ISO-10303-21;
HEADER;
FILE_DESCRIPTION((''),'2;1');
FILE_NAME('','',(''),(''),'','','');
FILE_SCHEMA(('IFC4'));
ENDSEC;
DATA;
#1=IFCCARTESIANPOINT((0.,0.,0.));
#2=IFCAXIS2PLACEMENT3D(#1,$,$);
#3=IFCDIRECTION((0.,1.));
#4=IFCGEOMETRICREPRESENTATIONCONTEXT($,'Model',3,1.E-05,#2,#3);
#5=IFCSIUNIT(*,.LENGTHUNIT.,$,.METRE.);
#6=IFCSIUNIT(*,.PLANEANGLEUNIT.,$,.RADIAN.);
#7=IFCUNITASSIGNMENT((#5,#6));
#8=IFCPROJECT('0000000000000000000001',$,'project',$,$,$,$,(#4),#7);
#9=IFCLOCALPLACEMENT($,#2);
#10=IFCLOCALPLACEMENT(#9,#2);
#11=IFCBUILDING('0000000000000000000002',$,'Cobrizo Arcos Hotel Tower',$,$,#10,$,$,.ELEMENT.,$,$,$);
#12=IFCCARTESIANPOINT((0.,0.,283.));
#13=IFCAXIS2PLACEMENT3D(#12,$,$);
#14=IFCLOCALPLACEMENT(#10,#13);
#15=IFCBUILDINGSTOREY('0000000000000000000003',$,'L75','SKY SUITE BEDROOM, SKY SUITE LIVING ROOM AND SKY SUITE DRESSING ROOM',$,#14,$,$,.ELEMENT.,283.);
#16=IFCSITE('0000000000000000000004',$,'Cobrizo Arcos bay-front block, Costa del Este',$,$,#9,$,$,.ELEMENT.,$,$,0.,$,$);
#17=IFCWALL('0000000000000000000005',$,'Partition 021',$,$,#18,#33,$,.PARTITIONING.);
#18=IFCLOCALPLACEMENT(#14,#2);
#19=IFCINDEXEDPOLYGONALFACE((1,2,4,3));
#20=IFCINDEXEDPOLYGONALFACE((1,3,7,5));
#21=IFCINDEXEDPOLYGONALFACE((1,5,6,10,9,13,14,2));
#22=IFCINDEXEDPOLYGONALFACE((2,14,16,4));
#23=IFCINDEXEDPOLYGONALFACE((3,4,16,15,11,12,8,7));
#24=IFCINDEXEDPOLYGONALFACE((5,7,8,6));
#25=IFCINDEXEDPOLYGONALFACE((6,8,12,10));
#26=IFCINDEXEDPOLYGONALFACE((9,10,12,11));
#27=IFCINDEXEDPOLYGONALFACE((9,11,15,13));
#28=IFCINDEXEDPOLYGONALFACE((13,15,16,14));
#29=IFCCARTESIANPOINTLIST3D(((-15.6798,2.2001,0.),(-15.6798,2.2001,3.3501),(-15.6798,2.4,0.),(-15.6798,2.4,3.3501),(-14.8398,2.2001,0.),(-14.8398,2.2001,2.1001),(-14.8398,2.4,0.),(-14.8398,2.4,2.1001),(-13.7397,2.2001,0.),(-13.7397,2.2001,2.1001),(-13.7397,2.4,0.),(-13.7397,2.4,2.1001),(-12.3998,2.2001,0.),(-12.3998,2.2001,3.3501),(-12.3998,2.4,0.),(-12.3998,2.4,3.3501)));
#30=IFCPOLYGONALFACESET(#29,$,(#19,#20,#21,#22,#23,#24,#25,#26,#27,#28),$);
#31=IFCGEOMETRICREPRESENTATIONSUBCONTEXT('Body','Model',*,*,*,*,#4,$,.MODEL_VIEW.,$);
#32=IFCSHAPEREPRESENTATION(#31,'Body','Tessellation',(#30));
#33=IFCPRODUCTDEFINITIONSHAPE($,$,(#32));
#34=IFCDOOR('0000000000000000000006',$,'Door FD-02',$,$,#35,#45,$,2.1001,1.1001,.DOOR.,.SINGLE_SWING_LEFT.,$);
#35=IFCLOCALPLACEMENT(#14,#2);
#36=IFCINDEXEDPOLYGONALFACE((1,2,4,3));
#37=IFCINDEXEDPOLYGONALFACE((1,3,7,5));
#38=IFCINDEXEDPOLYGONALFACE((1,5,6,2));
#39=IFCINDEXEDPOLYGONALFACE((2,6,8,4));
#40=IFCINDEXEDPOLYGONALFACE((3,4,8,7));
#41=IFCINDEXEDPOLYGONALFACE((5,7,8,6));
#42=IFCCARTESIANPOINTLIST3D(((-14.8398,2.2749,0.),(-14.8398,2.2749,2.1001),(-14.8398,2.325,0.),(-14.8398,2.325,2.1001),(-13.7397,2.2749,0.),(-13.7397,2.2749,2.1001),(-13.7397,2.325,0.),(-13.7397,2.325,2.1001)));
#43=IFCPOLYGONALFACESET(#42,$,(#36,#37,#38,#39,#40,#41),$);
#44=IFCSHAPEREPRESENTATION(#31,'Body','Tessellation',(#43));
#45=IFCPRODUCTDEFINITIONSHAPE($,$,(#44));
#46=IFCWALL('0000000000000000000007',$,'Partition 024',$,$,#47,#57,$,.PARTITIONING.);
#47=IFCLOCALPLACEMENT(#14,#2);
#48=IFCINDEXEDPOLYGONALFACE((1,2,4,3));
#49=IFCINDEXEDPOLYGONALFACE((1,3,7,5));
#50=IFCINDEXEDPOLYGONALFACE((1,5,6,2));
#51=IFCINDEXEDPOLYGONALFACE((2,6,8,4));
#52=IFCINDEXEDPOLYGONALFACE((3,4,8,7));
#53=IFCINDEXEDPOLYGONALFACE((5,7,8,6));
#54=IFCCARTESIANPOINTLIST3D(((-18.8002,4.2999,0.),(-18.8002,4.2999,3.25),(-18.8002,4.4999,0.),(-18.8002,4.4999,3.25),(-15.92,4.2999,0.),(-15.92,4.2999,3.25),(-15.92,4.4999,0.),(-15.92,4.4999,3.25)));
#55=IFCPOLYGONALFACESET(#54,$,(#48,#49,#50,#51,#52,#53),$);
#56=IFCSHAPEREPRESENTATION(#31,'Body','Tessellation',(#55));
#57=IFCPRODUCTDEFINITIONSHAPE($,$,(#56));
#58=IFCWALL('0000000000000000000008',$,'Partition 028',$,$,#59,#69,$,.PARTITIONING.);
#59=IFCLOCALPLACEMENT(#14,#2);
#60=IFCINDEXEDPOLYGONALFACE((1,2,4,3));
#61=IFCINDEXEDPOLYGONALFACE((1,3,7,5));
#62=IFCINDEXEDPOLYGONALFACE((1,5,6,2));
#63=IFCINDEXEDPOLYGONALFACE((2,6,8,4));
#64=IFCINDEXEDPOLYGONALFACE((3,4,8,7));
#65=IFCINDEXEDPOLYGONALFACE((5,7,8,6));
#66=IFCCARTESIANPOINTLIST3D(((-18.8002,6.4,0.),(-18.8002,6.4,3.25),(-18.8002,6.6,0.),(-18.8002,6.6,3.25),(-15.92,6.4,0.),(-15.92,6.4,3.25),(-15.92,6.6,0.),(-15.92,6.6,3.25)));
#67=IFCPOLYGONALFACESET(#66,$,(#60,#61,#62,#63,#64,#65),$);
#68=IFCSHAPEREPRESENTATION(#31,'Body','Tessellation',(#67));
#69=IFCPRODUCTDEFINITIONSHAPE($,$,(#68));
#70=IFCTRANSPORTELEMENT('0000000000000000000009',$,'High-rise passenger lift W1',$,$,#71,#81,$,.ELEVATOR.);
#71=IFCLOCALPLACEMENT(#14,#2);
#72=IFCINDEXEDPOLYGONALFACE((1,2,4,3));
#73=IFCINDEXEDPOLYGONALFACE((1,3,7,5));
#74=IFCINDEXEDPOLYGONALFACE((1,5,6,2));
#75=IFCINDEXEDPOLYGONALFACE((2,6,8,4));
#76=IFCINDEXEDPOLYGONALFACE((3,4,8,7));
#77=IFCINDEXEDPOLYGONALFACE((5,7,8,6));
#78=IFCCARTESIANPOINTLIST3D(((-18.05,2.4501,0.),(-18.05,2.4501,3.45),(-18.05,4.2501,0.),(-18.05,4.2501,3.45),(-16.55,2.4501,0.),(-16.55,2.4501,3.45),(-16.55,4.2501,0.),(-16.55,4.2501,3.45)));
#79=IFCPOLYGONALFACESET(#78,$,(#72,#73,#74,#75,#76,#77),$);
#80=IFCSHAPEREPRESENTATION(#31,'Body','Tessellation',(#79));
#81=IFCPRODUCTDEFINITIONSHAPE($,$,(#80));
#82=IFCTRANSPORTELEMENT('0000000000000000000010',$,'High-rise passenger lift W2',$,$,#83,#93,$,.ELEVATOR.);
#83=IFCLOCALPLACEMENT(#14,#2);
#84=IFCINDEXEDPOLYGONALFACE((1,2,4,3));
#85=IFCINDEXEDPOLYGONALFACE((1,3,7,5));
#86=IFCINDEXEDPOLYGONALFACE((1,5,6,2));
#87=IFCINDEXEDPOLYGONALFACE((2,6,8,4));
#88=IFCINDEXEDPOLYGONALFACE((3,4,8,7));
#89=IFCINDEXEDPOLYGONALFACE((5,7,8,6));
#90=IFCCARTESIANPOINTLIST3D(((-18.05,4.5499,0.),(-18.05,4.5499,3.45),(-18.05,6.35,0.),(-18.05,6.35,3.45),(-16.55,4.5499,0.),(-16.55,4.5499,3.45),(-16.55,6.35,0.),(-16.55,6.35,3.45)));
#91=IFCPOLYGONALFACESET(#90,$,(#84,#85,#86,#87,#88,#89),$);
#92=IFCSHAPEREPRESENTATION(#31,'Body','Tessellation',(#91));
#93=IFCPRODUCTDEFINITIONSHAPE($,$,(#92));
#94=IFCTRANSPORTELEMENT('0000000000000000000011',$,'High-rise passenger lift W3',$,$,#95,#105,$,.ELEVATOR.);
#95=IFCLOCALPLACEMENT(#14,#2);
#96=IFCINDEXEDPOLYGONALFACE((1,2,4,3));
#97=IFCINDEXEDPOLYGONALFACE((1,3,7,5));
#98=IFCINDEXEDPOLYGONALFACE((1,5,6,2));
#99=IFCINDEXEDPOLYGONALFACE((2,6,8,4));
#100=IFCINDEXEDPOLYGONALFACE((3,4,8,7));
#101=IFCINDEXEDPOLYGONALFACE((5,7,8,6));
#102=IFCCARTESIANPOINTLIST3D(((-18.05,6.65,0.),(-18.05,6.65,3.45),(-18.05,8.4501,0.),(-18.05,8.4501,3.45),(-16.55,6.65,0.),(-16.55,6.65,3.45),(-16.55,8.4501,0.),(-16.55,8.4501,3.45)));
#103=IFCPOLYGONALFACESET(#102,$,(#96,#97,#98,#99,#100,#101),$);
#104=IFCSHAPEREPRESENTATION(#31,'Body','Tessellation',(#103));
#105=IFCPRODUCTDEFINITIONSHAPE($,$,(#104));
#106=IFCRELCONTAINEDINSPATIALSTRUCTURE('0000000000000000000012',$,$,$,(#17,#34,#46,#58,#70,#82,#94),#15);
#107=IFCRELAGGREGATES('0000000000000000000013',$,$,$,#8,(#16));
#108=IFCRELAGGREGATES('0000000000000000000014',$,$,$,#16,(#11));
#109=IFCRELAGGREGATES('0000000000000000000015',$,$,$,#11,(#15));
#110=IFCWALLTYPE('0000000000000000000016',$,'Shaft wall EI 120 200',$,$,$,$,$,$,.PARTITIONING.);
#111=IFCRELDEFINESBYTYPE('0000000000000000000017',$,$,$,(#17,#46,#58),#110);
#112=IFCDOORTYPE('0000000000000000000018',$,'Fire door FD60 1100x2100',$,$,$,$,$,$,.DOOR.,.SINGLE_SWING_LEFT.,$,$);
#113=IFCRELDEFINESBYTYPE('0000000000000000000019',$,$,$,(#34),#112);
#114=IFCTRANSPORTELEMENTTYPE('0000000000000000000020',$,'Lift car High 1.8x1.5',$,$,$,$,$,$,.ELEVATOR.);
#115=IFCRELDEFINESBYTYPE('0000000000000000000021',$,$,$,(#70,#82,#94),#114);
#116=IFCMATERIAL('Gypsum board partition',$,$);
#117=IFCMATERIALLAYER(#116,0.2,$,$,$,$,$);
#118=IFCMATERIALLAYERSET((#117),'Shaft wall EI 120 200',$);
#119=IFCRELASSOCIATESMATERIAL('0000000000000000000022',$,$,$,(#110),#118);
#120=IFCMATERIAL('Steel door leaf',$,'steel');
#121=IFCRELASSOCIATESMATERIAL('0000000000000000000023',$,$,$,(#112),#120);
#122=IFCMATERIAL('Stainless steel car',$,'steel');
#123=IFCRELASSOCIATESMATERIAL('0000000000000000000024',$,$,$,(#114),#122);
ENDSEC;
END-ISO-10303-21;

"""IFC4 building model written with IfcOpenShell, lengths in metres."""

from ifc_helpers import new_model, si_unit, direction, frame, frame_2d, origin, origin_2d, place, context, subcontext, project, spatial, rectangle, extrude, material, layer, layer_set, type_object, element, fill, save


model = new_model("IFC4")

# Units and contexts
model_context = context("Model", 3, precision=1e-05, world=origin(), true_north=direction((0.0, 1.0)))
body_context = subcontext(model_context, "Body", "Model", "MODEL_VIEW")
ifc_project = project(units=[si_unit("LENGTHUNIT", "METRE"), si_unit("PLANEANGLEUNIT", "RADIAN")], contexts=[model_context])

# Site, building, storey
site_placement = place(None, origin())
site = spatial("IfcSite", under=ifc_project, at=site_placement, Name="Cobrizo Arcos bay-front block, Costa del Este", CompositionType="ELEMENT", RefElevation=0.0)
building_placement = place(site_placement, origin())
building = spatial("IfcBuilding", under=site, at=building_placement, Name="Cobrizo Arcos Hotel Tower", CompositionType="ELEMENT")
storey_placement = place(building_placement, frame((0.0, 0.0, 283.0)))
storey = spatial("IfcBuildingStorey", under=building, at=storey_placement, Name="L75", Description="SKY SUITE BEDROOM, SKY SUITE LIVING ROOM AND SKY SUITE DRESSING ROOM", CompositionType="ELEMENT", Elevation=283.0)

# Shared definitions
ifc_material_1 = material(Name="Gypsum board partition")

# Shared definitions
ifc_layer_1 = layer(ifc_material_1, 0.2)
ifc_layer_set_1 = layer_set([ifc_layer_1], Name="Shaft wall EI 120 200")
wall_type_1 = type_object("IfcWallType", Name="Shaft wall EI 120 200", PredefinedType="PARTITIONING", material=ifc_layer_set_1)

# Wall, opening, door
wall_1_placement = place(storey_placement, frame((-15.6799, 2.3, 0.0), z_axis=(0.0, 0.0, 1.0), x_axis=(1.0, 0.0, 0.0)))
wall_1 = element("IfcWall", 1, at=wall_1_placement, inside=storey, type_object=wall_type_1, Name="Partition 021", PredefinedType="PARTITIONING", context=body_context, shape_type="SweptSolid", body=[
    extrude(rectangle(XDim=3.28, YDim=0.2, at=frame_2d((1.6401, 0.0))), origin(), (0.0, 0.0, 1.0), 3.3501),
])
opening_1_placement = place(wall_1_placement, frame((0.8401, 0.0, 0.0)))
opening_1 = element("IfcOpeningElement", 2, at=opening_1_placement, cuts=wall_1, PredefinedType="OPENING", context=body_context, shape_type="SweptSolid", body=[
    extrude(rectangle(XDim=1.1001, YDim=2.1001, at=frame_2d((0.55, 1.05))), frame((0.0, 0.1121, 0.0), z_axis=(0.0, -1.0, 0.0), x_axis=(1.0, 0.0, 0.0)), (0.0, 0.0, 1.0), 0.2239),
])
ifc_material_2 = material(Name="Steel door leaf", Category="steel")
door_type_1 = type_object("IfcDoorType", Name="Fire door FD60 1100x2100", OperationType="SINGLE_SWING_LEFT", PredefinedType="DOOR", material=ifc_material_2)
door_1_placement = place(opening_1_placement, origin())
door_1 = element("IfcDoor", 3, at=door_1_placement, inside=storey, type_object=door_type_1, Name="Door FD-02", OperationType="SINGLE_SWING_LEFT", OverallHeight=2.1001, OverallWidth=1.1001, PredefinedType="DOOR", context=body_context, shape_type="SweptSolid", body=[
    extrude(rectangle(XDim=1.1001, YDim=2.1001, at=frame_2d((0.55, 1.05))), frame((0.0, 0.0249, 0.0), z_axis=(0.0, -1.0, 0.0), x_axis=(1.0, 0.0, 0.0)), (0.0, 0.0, 1.0), 0.05),
])
fill(opening_1, door_1)

# Walls
for number, where, z_axis, x_axis, name in (
    (4, (-18.8, 4.3999, 0.0), (0.0, 0.0, 1.0), (1.0, 0.0, 0.0), "Partition 024"),
    (5, (-18.8, 6.5, 0.0), (0.0, 0.0, 1.0), (1.0, 0.0, 0.0), "Partition 028"),
):
    element("IfcWall", number, at=place(storey_placement, frame(where, z_axis=z_axis, x_axis=x_axis)), inside=storey, type_object=wall_type_1, Name=name, PredefinedType="PARTITIONING", context=body_context, shape_type="SweptSolid", body=[
        extrude(rectangle(XDim=2.8801, YDim=0.2, at=frame_2d((1.4399, 0.0))), origin(), (0.0, 0.0, 1.0), 3.25),
    ])

# Transport elements
ifc_material_3 = material(Name="Stainless steel car", Category="steel")
transport_element_type = type_object("IfcTransportElementType", Name="Lift car High 1.8x1.5", PredefinedType="ELEVATOR", material=ifc_material_3)
for number, where, z_axis, x_axis, name in (
    (6, (-17.3, 3.3501, 0.0), (0.0, 0.0, 1.0), (1.0, 0.0, 0.0), "High-rise passenger lift W1"),
    (7, (-17.3, 5.45, 0.0), (0.0, 0.0, 1.0), (1.0, 0.0, 0.0), "High-rise passenger lift W2"),
    (8, (-17.3, 7.55, 0.0), (0.0, 0.0, 1.0), (1.0, 0.0, 0.0), "High-rise passenger lift W3"),
):
    element("IfcTransportElement", number, at=place(storey_placement, frame(where, z_axis=z_axis, x_axis=x_axis)), inside=storey, type_object=transport_element_type, Name=name, PredefinedType="ELEVATOR", context=body_context, shape_type="SweptSolid", body=[
        extrude(rectangle(XDim=1.5, YDim=1.8, at=origin_2d()), origin(), (0.0, 0.0, 1.0), 3.45),
    ])

save(model, "model.ifc")
